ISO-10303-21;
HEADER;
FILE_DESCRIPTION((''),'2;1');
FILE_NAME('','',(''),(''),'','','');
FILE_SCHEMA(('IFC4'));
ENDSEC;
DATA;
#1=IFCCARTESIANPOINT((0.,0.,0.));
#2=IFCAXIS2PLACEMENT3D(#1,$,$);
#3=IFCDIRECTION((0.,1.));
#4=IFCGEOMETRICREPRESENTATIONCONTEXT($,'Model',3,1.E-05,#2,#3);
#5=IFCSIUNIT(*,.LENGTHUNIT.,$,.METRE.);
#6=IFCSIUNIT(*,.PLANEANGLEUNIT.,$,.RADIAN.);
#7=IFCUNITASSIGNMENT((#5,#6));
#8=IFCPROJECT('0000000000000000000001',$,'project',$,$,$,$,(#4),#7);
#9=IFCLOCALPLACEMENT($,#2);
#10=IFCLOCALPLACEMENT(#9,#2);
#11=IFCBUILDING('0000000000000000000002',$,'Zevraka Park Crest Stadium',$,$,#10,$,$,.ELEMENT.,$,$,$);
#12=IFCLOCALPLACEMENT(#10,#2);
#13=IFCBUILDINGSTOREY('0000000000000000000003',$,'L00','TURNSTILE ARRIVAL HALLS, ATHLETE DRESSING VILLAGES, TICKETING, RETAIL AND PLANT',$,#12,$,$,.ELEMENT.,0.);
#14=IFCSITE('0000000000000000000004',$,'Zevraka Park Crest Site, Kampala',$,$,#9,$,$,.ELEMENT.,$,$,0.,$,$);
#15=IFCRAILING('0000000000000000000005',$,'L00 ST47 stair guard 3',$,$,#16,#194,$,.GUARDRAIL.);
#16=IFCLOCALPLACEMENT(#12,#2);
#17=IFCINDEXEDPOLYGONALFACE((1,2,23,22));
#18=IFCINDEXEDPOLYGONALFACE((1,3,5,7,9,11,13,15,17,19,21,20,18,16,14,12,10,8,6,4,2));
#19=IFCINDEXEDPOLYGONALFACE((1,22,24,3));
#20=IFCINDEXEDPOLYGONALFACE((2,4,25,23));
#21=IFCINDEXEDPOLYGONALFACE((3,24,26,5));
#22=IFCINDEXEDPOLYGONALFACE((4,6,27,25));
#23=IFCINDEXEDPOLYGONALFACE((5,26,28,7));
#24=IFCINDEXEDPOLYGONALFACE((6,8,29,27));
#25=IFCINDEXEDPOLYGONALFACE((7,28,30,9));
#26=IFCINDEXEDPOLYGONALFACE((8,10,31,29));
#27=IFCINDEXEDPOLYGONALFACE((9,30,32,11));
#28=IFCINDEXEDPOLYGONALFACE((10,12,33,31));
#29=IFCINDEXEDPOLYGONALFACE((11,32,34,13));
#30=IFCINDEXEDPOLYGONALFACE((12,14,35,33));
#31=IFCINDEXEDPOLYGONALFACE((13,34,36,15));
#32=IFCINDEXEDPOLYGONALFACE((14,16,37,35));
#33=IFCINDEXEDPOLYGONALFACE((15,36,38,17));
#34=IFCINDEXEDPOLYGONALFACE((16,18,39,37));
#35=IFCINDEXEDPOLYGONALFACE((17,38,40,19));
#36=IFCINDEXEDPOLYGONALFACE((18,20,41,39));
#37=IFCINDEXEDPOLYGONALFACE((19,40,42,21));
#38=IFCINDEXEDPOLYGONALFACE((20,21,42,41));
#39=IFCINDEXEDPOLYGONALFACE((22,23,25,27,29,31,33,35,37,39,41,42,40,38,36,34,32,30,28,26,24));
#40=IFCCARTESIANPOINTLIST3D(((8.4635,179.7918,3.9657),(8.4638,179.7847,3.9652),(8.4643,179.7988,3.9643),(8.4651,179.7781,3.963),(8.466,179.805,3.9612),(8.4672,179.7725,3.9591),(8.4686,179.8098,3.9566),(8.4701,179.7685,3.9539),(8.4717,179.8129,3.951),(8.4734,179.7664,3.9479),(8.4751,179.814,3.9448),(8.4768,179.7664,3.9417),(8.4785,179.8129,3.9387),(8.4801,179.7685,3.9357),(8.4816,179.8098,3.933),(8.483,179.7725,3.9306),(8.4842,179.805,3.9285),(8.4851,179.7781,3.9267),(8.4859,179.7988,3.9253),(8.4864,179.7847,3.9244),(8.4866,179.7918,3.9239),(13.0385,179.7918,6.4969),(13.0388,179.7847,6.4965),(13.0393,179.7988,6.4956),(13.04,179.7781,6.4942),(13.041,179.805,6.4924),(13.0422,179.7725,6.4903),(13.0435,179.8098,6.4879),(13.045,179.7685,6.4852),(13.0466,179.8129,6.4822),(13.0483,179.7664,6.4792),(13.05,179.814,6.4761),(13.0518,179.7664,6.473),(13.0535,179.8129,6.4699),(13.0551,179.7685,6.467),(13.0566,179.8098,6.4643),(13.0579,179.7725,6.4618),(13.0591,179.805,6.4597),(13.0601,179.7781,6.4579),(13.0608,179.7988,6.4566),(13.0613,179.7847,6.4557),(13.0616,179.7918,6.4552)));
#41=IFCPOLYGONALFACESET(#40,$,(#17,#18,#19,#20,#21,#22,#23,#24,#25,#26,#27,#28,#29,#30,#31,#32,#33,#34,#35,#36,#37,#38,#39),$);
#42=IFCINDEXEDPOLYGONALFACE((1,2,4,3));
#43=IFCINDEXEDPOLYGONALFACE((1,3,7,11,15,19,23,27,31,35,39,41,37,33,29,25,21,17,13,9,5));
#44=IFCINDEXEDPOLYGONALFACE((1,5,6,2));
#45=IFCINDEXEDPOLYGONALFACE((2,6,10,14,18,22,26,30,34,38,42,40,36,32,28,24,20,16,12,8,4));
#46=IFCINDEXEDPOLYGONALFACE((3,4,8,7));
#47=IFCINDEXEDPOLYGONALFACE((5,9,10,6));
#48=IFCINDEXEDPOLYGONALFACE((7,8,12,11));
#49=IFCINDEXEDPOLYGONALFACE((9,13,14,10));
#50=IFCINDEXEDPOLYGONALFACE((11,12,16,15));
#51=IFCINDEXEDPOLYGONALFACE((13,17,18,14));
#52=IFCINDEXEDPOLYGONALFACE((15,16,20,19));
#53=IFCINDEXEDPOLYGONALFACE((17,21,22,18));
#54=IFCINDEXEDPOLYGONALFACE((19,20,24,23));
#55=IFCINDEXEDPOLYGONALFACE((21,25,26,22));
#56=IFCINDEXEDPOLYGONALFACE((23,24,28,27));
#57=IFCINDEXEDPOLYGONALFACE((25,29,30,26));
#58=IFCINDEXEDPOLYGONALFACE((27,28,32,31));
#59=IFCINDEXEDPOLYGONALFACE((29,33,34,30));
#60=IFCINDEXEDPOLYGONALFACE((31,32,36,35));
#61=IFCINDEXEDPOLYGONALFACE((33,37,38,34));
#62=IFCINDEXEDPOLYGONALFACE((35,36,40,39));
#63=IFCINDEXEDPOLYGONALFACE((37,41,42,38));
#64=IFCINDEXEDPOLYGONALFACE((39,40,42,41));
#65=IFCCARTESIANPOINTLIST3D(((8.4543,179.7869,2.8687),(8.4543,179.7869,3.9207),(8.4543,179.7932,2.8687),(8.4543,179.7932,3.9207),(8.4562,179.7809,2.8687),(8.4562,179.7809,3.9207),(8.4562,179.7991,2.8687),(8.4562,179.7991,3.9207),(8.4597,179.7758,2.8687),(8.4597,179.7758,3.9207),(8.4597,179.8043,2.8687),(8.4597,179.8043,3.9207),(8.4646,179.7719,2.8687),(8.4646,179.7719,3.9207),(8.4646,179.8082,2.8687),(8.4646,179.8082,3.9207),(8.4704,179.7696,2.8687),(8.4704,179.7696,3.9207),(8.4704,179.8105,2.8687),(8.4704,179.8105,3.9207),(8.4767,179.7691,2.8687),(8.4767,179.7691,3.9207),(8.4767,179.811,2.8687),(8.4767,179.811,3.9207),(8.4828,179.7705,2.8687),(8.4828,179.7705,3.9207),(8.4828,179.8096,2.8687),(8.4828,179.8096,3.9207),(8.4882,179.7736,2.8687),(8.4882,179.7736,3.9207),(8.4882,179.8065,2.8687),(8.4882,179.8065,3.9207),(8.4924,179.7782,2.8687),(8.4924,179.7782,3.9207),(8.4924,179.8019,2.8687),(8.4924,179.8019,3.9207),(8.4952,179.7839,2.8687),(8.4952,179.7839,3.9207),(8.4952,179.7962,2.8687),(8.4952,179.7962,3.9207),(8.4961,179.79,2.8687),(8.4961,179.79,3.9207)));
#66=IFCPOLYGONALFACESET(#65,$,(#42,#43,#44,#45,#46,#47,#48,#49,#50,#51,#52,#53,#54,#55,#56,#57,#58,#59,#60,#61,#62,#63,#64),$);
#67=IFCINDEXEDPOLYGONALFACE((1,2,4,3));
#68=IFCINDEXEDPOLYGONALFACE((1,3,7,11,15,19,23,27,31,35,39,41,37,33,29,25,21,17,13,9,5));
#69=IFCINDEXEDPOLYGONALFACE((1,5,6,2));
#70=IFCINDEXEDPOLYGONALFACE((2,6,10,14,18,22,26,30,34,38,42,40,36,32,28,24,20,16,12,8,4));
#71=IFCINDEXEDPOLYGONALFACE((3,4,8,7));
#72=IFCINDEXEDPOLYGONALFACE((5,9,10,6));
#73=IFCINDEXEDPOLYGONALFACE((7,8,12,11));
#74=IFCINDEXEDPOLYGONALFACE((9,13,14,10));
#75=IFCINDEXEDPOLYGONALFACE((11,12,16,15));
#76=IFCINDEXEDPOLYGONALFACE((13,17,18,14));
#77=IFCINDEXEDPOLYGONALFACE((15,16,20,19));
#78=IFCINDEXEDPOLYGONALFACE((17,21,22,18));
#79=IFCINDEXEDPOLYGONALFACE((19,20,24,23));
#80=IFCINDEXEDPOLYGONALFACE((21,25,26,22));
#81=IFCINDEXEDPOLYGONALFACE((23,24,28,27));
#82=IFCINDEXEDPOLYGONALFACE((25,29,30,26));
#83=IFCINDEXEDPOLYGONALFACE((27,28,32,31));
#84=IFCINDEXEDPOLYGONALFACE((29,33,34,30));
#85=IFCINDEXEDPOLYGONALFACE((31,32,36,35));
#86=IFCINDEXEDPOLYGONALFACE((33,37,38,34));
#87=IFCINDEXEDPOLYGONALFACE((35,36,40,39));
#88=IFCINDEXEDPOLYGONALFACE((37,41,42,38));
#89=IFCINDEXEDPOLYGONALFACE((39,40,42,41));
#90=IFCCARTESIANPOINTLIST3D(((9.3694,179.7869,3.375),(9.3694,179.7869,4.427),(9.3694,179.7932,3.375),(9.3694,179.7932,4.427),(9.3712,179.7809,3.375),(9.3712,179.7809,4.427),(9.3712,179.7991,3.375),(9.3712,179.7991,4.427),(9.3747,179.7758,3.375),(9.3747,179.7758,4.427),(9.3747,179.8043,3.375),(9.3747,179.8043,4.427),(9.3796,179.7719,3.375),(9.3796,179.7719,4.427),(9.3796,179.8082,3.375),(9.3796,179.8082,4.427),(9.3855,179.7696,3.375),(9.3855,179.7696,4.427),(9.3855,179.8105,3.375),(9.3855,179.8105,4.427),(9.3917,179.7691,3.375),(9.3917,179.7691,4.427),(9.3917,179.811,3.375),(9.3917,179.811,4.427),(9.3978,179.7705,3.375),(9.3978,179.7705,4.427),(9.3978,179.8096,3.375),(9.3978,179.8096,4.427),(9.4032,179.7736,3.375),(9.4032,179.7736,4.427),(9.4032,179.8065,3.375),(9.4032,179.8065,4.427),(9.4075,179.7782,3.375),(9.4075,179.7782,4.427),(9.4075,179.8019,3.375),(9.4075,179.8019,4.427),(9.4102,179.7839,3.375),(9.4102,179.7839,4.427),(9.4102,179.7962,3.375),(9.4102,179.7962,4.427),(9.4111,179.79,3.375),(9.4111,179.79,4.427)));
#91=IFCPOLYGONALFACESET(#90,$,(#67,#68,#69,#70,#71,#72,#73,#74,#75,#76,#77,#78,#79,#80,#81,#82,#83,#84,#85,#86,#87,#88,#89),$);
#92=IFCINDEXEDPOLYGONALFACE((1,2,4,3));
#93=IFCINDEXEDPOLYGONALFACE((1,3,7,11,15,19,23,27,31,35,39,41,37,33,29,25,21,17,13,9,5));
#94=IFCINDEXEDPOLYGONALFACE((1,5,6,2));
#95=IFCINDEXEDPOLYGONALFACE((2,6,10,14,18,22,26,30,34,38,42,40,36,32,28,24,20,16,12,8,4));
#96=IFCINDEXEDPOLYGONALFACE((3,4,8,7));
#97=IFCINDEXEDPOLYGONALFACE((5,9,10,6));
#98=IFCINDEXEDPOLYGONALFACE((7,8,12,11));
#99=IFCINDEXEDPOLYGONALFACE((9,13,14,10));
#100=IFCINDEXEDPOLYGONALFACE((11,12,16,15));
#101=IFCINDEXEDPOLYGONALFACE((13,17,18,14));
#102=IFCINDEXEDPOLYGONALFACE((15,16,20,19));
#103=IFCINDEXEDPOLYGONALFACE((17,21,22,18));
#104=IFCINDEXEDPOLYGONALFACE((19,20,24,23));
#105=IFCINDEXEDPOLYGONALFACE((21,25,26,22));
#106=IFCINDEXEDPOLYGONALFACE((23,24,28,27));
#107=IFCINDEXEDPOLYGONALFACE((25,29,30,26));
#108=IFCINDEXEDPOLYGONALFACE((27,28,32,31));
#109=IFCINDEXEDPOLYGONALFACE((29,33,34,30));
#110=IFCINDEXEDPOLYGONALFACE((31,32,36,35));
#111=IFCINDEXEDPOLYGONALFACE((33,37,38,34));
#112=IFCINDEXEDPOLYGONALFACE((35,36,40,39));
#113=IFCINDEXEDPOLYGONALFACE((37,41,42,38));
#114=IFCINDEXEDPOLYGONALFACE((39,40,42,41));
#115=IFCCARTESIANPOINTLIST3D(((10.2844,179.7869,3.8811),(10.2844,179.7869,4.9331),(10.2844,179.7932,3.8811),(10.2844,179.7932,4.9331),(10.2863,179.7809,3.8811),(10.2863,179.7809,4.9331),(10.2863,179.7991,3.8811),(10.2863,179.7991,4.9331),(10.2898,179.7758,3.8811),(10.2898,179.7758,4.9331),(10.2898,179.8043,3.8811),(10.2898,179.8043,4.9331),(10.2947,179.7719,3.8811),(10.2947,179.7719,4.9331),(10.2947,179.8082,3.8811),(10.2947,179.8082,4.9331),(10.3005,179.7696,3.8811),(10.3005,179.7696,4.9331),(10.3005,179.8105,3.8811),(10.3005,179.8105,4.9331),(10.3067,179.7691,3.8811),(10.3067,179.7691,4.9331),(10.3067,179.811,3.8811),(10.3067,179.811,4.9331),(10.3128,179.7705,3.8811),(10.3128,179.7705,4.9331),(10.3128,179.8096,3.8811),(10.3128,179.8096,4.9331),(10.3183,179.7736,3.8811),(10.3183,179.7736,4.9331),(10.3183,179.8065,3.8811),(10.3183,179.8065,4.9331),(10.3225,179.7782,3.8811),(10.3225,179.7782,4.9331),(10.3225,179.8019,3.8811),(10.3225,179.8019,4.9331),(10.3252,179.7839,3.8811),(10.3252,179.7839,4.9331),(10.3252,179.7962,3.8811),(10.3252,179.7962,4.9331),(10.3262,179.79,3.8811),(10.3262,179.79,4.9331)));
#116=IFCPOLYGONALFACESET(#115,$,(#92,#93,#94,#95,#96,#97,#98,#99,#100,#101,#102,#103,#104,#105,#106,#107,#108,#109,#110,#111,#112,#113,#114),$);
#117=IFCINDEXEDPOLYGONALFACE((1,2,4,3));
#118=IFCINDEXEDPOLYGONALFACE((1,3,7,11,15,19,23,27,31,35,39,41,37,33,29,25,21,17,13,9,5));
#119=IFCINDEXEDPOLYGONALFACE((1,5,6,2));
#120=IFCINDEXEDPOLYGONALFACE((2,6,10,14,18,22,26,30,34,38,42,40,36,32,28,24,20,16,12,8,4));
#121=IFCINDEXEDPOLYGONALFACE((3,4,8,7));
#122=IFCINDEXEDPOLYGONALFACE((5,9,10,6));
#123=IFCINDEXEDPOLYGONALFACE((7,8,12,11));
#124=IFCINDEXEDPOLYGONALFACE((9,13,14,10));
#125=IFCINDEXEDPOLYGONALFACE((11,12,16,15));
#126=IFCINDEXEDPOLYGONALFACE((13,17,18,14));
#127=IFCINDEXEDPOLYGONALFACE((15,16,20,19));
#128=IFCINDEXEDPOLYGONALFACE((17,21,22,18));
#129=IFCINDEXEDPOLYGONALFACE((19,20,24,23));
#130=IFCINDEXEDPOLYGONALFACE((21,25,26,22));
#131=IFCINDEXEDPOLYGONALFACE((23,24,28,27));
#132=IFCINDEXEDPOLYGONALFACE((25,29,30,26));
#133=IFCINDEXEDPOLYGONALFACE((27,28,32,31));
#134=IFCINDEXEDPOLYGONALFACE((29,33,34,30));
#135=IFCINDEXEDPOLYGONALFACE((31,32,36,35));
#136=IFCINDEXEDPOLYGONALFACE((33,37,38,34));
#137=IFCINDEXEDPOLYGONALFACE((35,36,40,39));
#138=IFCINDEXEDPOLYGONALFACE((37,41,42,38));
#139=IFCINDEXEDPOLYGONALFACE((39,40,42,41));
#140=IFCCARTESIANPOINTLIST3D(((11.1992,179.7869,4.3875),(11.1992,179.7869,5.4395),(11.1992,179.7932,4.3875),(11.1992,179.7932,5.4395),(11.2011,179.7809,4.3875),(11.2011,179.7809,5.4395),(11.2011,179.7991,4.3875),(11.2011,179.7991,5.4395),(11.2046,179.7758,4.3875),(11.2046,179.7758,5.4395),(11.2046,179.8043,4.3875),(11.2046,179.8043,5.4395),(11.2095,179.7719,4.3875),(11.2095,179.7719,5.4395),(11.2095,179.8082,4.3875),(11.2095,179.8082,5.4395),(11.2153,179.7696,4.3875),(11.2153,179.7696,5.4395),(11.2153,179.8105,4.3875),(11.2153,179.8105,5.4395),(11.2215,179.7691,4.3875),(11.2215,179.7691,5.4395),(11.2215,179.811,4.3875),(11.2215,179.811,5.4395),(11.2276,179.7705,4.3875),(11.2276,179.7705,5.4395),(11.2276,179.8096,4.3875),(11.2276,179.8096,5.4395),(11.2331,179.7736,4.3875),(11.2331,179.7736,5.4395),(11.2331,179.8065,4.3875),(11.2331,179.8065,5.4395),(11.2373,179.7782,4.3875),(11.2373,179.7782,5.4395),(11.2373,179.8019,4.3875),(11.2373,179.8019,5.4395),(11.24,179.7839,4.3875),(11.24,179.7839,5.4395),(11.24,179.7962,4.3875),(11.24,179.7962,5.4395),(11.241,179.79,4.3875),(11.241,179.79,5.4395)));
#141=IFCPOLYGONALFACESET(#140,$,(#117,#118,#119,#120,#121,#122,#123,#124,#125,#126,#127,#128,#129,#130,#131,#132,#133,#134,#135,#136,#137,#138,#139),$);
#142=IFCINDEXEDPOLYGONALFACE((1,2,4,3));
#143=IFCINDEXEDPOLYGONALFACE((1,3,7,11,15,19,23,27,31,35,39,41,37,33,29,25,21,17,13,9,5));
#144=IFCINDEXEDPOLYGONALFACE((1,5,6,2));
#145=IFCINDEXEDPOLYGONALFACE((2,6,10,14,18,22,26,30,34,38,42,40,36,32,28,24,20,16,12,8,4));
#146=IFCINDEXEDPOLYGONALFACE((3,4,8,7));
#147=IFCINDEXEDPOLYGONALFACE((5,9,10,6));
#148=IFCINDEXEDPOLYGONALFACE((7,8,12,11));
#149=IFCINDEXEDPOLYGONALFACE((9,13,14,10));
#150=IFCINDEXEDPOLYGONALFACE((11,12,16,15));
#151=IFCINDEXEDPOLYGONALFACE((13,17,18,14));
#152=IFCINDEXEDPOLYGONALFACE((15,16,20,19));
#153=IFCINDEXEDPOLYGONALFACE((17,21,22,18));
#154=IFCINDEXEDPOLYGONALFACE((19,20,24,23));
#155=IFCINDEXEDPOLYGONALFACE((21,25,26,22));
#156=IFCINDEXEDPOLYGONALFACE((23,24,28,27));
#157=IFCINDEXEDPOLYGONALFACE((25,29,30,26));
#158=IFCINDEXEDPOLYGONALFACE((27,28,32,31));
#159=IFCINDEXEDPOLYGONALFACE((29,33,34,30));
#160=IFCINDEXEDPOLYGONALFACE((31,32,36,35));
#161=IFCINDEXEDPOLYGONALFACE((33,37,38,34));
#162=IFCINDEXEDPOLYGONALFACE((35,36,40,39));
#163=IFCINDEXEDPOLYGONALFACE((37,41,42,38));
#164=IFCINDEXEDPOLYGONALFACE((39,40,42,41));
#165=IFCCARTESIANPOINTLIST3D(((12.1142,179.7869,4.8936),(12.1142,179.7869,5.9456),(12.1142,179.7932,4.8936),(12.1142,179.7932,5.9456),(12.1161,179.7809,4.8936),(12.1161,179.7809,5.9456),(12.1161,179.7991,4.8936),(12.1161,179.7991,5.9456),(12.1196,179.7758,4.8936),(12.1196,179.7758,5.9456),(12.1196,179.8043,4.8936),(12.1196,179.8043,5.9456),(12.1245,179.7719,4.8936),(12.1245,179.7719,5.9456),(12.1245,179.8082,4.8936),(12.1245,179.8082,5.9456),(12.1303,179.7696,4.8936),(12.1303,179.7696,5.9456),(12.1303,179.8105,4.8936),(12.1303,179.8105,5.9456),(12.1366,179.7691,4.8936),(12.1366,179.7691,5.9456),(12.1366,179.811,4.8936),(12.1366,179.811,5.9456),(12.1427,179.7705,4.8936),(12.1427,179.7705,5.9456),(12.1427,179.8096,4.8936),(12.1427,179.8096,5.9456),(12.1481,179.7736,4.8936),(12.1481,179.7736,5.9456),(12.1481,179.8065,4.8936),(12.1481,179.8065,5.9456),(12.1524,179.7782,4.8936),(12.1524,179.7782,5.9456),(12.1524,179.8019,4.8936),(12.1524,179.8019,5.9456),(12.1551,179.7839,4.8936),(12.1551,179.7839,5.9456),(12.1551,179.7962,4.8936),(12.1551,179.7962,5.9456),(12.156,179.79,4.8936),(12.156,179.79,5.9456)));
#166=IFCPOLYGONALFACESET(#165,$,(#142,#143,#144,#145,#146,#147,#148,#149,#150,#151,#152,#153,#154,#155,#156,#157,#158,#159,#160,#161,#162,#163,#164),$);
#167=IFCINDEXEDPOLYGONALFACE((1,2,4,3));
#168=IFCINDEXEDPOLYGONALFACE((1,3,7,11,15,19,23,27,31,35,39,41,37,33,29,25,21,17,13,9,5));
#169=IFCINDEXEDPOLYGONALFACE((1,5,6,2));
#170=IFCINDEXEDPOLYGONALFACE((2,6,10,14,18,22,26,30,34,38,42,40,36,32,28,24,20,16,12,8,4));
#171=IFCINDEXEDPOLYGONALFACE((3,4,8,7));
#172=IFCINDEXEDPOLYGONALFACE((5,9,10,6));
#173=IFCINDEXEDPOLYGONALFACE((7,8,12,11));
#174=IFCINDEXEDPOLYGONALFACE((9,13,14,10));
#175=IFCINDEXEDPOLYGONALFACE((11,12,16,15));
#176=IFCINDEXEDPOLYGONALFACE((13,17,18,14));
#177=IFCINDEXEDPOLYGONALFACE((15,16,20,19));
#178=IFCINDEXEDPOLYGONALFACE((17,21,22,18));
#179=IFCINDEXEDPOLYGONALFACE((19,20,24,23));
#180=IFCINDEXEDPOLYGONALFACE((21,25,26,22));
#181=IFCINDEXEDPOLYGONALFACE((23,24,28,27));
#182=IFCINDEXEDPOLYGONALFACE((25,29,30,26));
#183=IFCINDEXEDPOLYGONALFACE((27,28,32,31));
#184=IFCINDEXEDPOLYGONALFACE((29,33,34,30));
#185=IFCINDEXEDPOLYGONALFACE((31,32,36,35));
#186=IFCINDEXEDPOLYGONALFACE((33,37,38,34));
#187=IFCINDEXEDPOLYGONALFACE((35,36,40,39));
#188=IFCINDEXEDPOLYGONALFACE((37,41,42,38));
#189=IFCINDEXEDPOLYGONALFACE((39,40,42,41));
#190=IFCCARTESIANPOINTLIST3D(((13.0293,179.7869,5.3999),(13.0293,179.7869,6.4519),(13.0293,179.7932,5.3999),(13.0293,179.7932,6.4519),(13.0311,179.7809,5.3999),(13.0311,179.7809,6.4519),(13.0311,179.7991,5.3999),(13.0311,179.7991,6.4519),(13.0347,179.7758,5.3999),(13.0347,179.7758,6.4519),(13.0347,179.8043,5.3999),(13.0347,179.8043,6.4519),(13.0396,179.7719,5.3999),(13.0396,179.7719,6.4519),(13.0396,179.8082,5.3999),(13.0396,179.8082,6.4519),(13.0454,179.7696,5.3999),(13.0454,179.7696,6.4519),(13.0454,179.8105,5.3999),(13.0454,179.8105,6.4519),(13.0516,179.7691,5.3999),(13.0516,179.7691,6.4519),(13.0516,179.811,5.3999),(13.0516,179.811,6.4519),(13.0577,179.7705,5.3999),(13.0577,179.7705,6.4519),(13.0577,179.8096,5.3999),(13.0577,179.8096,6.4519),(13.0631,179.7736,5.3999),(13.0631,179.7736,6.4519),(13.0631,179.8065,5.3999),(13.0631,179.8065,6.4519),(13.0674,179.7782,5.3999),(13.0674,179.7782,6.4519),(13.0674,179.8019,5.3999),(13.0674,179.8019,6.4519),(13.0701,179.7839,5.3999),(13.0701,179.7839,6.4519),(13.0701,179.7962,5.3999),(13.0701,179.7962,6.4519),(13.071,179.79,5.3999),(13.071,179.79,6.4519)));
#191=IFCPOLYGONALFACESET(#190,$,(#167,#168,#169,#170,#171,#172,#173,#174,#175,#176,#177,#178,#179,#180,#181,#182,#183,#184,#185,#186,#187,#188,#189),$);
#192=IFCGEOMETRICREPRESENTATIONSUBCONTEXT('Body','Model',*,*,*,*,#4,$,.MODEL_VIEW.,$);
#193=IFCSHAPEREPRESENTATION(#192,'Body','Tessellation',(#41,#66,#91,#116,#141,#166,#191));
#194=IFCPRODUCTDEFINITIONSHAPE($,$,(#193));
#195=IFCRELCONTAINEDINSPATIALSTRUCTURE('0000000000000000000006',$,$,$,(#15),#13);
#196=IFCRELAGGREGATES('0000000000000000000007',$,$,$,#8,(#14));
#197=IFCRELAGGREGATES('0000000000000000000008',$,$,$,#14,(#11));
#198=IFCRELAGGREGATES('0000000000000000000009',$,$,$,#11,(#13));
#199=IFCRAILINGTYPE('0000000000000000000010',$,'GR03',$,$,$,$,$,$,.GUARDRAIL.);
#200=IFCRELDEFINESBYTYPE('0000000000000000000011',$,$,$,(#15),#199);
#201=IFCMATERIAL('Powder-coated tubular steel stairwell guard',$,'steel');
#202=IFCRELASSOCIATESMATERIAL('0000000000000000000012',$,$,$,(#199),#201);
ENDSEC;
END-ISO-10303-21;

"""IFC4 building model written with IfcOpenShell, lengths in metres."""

from ifc_helpers import new_model, si_unit, direction, frame, origin, origin_2d, place, context, subcontext, project, spatial, circle, extrude, material, type_object, element, save


model = new_model("IFC4")

# Units and contexts
model_context = context("Model", 3, precision=1e-05, world=origin(), true_north=direction((0.0, 1.0)))
body_context = subcontext(model_context, "Body", "Model", "MODEL_VIEW")
ifc_project = project(units=[si_unit("LENGTHUNIT", "METRE"), si_unit("PLANEANGLEUNIT", "RADIAN")], contexts=[model_context])

# Site, building, storey
site_placement = place(None, origin())
site = spatial("IfcSite", under=ifc_project, at=site_placement, Name="Zevraka Park Crest Site, Kampala", CompositionType="ELEMENT", RefElevation=0.0)
building_placement = place(site_placement, origin())
building = spatial("IfcBuilding", under=site, at=building_placement, Name="Zevraka Park Crest Stadium", CompositionType="ELEMENT")
storey_placement = place(building_placement, origin())
storey = spatial("IfcBuildingStorey", under=building, at=storey_placement, Name="L00", Description="TURNSTILE ARRIVAL HALLS, ATHLETE DRESSING VILLAGES, TICKETING, RETAIL AND PLANT", CompositionType="ELEMENT", Elevation=0.0)

# Railing
ifc_material_1 = material(Name="Powder-coated tubular steel stairwell guard", Category="steel")
railing_type_1 = type_object("IfcRailingType", Name="GR03", PredefinedType="GUARDRAIL", material=ifc_material_1)
railing_1_placement = place(storey_placement, frame((8.4751, 179.79, 2.8687)))
element("IfcRailing", 1, at=railing_1_placement, inside=storey, type_object=railing_type_1, Name="L00 ST47 stair guard 3", PredefinedType="GUARDRAIL", context=body_context, shape_type="SweptSolid", body=[
    extrude(circle(Radius=0.0239, at=origin_2d()), frame((0.0, 0.0, 1.0762), z_axis=(0.875, 0.0, 0.484124), x_axis=(0.0, 1.0, 0.0)), (0.0, 0.0, 1.0), 5.2285),
    extrude(circle(Radius=0.021, at=origin_2d()), origin(), (0.0, 0.0, 1.0), 1.052),
    extrude(circle(Radius=0.021, at=origin_2d()), frame((0.915, 0.0, 0.5063)), (0.0, 0.0, 1.0), 1.052),
    extrude(circle(Radius=0.021, at=origin_2d()), frame((1.8301, 0.0, 1.0125)), (0.0, 0.0, 1.0), 1.052),
    extrude(circle(Radius=0.021, at=origin_2d()), frame((2.7449, 0.0, 1.5188)), (0.0, 0.0, 1.0), 1.052),
    extrude(circle(Radius=0.021, at=origin_2d()), frame((3.6599, 0.0, 2.0249)), (0.0, 0.0, 1.0), 1.052),
    extrude(circle(Radius=0.021, at=origin_2d()), frame((4.575, 0.0, 2.5312)), (0.0, 0.0, 1.0), 1.052),
])

save(model, "model.ifc")
